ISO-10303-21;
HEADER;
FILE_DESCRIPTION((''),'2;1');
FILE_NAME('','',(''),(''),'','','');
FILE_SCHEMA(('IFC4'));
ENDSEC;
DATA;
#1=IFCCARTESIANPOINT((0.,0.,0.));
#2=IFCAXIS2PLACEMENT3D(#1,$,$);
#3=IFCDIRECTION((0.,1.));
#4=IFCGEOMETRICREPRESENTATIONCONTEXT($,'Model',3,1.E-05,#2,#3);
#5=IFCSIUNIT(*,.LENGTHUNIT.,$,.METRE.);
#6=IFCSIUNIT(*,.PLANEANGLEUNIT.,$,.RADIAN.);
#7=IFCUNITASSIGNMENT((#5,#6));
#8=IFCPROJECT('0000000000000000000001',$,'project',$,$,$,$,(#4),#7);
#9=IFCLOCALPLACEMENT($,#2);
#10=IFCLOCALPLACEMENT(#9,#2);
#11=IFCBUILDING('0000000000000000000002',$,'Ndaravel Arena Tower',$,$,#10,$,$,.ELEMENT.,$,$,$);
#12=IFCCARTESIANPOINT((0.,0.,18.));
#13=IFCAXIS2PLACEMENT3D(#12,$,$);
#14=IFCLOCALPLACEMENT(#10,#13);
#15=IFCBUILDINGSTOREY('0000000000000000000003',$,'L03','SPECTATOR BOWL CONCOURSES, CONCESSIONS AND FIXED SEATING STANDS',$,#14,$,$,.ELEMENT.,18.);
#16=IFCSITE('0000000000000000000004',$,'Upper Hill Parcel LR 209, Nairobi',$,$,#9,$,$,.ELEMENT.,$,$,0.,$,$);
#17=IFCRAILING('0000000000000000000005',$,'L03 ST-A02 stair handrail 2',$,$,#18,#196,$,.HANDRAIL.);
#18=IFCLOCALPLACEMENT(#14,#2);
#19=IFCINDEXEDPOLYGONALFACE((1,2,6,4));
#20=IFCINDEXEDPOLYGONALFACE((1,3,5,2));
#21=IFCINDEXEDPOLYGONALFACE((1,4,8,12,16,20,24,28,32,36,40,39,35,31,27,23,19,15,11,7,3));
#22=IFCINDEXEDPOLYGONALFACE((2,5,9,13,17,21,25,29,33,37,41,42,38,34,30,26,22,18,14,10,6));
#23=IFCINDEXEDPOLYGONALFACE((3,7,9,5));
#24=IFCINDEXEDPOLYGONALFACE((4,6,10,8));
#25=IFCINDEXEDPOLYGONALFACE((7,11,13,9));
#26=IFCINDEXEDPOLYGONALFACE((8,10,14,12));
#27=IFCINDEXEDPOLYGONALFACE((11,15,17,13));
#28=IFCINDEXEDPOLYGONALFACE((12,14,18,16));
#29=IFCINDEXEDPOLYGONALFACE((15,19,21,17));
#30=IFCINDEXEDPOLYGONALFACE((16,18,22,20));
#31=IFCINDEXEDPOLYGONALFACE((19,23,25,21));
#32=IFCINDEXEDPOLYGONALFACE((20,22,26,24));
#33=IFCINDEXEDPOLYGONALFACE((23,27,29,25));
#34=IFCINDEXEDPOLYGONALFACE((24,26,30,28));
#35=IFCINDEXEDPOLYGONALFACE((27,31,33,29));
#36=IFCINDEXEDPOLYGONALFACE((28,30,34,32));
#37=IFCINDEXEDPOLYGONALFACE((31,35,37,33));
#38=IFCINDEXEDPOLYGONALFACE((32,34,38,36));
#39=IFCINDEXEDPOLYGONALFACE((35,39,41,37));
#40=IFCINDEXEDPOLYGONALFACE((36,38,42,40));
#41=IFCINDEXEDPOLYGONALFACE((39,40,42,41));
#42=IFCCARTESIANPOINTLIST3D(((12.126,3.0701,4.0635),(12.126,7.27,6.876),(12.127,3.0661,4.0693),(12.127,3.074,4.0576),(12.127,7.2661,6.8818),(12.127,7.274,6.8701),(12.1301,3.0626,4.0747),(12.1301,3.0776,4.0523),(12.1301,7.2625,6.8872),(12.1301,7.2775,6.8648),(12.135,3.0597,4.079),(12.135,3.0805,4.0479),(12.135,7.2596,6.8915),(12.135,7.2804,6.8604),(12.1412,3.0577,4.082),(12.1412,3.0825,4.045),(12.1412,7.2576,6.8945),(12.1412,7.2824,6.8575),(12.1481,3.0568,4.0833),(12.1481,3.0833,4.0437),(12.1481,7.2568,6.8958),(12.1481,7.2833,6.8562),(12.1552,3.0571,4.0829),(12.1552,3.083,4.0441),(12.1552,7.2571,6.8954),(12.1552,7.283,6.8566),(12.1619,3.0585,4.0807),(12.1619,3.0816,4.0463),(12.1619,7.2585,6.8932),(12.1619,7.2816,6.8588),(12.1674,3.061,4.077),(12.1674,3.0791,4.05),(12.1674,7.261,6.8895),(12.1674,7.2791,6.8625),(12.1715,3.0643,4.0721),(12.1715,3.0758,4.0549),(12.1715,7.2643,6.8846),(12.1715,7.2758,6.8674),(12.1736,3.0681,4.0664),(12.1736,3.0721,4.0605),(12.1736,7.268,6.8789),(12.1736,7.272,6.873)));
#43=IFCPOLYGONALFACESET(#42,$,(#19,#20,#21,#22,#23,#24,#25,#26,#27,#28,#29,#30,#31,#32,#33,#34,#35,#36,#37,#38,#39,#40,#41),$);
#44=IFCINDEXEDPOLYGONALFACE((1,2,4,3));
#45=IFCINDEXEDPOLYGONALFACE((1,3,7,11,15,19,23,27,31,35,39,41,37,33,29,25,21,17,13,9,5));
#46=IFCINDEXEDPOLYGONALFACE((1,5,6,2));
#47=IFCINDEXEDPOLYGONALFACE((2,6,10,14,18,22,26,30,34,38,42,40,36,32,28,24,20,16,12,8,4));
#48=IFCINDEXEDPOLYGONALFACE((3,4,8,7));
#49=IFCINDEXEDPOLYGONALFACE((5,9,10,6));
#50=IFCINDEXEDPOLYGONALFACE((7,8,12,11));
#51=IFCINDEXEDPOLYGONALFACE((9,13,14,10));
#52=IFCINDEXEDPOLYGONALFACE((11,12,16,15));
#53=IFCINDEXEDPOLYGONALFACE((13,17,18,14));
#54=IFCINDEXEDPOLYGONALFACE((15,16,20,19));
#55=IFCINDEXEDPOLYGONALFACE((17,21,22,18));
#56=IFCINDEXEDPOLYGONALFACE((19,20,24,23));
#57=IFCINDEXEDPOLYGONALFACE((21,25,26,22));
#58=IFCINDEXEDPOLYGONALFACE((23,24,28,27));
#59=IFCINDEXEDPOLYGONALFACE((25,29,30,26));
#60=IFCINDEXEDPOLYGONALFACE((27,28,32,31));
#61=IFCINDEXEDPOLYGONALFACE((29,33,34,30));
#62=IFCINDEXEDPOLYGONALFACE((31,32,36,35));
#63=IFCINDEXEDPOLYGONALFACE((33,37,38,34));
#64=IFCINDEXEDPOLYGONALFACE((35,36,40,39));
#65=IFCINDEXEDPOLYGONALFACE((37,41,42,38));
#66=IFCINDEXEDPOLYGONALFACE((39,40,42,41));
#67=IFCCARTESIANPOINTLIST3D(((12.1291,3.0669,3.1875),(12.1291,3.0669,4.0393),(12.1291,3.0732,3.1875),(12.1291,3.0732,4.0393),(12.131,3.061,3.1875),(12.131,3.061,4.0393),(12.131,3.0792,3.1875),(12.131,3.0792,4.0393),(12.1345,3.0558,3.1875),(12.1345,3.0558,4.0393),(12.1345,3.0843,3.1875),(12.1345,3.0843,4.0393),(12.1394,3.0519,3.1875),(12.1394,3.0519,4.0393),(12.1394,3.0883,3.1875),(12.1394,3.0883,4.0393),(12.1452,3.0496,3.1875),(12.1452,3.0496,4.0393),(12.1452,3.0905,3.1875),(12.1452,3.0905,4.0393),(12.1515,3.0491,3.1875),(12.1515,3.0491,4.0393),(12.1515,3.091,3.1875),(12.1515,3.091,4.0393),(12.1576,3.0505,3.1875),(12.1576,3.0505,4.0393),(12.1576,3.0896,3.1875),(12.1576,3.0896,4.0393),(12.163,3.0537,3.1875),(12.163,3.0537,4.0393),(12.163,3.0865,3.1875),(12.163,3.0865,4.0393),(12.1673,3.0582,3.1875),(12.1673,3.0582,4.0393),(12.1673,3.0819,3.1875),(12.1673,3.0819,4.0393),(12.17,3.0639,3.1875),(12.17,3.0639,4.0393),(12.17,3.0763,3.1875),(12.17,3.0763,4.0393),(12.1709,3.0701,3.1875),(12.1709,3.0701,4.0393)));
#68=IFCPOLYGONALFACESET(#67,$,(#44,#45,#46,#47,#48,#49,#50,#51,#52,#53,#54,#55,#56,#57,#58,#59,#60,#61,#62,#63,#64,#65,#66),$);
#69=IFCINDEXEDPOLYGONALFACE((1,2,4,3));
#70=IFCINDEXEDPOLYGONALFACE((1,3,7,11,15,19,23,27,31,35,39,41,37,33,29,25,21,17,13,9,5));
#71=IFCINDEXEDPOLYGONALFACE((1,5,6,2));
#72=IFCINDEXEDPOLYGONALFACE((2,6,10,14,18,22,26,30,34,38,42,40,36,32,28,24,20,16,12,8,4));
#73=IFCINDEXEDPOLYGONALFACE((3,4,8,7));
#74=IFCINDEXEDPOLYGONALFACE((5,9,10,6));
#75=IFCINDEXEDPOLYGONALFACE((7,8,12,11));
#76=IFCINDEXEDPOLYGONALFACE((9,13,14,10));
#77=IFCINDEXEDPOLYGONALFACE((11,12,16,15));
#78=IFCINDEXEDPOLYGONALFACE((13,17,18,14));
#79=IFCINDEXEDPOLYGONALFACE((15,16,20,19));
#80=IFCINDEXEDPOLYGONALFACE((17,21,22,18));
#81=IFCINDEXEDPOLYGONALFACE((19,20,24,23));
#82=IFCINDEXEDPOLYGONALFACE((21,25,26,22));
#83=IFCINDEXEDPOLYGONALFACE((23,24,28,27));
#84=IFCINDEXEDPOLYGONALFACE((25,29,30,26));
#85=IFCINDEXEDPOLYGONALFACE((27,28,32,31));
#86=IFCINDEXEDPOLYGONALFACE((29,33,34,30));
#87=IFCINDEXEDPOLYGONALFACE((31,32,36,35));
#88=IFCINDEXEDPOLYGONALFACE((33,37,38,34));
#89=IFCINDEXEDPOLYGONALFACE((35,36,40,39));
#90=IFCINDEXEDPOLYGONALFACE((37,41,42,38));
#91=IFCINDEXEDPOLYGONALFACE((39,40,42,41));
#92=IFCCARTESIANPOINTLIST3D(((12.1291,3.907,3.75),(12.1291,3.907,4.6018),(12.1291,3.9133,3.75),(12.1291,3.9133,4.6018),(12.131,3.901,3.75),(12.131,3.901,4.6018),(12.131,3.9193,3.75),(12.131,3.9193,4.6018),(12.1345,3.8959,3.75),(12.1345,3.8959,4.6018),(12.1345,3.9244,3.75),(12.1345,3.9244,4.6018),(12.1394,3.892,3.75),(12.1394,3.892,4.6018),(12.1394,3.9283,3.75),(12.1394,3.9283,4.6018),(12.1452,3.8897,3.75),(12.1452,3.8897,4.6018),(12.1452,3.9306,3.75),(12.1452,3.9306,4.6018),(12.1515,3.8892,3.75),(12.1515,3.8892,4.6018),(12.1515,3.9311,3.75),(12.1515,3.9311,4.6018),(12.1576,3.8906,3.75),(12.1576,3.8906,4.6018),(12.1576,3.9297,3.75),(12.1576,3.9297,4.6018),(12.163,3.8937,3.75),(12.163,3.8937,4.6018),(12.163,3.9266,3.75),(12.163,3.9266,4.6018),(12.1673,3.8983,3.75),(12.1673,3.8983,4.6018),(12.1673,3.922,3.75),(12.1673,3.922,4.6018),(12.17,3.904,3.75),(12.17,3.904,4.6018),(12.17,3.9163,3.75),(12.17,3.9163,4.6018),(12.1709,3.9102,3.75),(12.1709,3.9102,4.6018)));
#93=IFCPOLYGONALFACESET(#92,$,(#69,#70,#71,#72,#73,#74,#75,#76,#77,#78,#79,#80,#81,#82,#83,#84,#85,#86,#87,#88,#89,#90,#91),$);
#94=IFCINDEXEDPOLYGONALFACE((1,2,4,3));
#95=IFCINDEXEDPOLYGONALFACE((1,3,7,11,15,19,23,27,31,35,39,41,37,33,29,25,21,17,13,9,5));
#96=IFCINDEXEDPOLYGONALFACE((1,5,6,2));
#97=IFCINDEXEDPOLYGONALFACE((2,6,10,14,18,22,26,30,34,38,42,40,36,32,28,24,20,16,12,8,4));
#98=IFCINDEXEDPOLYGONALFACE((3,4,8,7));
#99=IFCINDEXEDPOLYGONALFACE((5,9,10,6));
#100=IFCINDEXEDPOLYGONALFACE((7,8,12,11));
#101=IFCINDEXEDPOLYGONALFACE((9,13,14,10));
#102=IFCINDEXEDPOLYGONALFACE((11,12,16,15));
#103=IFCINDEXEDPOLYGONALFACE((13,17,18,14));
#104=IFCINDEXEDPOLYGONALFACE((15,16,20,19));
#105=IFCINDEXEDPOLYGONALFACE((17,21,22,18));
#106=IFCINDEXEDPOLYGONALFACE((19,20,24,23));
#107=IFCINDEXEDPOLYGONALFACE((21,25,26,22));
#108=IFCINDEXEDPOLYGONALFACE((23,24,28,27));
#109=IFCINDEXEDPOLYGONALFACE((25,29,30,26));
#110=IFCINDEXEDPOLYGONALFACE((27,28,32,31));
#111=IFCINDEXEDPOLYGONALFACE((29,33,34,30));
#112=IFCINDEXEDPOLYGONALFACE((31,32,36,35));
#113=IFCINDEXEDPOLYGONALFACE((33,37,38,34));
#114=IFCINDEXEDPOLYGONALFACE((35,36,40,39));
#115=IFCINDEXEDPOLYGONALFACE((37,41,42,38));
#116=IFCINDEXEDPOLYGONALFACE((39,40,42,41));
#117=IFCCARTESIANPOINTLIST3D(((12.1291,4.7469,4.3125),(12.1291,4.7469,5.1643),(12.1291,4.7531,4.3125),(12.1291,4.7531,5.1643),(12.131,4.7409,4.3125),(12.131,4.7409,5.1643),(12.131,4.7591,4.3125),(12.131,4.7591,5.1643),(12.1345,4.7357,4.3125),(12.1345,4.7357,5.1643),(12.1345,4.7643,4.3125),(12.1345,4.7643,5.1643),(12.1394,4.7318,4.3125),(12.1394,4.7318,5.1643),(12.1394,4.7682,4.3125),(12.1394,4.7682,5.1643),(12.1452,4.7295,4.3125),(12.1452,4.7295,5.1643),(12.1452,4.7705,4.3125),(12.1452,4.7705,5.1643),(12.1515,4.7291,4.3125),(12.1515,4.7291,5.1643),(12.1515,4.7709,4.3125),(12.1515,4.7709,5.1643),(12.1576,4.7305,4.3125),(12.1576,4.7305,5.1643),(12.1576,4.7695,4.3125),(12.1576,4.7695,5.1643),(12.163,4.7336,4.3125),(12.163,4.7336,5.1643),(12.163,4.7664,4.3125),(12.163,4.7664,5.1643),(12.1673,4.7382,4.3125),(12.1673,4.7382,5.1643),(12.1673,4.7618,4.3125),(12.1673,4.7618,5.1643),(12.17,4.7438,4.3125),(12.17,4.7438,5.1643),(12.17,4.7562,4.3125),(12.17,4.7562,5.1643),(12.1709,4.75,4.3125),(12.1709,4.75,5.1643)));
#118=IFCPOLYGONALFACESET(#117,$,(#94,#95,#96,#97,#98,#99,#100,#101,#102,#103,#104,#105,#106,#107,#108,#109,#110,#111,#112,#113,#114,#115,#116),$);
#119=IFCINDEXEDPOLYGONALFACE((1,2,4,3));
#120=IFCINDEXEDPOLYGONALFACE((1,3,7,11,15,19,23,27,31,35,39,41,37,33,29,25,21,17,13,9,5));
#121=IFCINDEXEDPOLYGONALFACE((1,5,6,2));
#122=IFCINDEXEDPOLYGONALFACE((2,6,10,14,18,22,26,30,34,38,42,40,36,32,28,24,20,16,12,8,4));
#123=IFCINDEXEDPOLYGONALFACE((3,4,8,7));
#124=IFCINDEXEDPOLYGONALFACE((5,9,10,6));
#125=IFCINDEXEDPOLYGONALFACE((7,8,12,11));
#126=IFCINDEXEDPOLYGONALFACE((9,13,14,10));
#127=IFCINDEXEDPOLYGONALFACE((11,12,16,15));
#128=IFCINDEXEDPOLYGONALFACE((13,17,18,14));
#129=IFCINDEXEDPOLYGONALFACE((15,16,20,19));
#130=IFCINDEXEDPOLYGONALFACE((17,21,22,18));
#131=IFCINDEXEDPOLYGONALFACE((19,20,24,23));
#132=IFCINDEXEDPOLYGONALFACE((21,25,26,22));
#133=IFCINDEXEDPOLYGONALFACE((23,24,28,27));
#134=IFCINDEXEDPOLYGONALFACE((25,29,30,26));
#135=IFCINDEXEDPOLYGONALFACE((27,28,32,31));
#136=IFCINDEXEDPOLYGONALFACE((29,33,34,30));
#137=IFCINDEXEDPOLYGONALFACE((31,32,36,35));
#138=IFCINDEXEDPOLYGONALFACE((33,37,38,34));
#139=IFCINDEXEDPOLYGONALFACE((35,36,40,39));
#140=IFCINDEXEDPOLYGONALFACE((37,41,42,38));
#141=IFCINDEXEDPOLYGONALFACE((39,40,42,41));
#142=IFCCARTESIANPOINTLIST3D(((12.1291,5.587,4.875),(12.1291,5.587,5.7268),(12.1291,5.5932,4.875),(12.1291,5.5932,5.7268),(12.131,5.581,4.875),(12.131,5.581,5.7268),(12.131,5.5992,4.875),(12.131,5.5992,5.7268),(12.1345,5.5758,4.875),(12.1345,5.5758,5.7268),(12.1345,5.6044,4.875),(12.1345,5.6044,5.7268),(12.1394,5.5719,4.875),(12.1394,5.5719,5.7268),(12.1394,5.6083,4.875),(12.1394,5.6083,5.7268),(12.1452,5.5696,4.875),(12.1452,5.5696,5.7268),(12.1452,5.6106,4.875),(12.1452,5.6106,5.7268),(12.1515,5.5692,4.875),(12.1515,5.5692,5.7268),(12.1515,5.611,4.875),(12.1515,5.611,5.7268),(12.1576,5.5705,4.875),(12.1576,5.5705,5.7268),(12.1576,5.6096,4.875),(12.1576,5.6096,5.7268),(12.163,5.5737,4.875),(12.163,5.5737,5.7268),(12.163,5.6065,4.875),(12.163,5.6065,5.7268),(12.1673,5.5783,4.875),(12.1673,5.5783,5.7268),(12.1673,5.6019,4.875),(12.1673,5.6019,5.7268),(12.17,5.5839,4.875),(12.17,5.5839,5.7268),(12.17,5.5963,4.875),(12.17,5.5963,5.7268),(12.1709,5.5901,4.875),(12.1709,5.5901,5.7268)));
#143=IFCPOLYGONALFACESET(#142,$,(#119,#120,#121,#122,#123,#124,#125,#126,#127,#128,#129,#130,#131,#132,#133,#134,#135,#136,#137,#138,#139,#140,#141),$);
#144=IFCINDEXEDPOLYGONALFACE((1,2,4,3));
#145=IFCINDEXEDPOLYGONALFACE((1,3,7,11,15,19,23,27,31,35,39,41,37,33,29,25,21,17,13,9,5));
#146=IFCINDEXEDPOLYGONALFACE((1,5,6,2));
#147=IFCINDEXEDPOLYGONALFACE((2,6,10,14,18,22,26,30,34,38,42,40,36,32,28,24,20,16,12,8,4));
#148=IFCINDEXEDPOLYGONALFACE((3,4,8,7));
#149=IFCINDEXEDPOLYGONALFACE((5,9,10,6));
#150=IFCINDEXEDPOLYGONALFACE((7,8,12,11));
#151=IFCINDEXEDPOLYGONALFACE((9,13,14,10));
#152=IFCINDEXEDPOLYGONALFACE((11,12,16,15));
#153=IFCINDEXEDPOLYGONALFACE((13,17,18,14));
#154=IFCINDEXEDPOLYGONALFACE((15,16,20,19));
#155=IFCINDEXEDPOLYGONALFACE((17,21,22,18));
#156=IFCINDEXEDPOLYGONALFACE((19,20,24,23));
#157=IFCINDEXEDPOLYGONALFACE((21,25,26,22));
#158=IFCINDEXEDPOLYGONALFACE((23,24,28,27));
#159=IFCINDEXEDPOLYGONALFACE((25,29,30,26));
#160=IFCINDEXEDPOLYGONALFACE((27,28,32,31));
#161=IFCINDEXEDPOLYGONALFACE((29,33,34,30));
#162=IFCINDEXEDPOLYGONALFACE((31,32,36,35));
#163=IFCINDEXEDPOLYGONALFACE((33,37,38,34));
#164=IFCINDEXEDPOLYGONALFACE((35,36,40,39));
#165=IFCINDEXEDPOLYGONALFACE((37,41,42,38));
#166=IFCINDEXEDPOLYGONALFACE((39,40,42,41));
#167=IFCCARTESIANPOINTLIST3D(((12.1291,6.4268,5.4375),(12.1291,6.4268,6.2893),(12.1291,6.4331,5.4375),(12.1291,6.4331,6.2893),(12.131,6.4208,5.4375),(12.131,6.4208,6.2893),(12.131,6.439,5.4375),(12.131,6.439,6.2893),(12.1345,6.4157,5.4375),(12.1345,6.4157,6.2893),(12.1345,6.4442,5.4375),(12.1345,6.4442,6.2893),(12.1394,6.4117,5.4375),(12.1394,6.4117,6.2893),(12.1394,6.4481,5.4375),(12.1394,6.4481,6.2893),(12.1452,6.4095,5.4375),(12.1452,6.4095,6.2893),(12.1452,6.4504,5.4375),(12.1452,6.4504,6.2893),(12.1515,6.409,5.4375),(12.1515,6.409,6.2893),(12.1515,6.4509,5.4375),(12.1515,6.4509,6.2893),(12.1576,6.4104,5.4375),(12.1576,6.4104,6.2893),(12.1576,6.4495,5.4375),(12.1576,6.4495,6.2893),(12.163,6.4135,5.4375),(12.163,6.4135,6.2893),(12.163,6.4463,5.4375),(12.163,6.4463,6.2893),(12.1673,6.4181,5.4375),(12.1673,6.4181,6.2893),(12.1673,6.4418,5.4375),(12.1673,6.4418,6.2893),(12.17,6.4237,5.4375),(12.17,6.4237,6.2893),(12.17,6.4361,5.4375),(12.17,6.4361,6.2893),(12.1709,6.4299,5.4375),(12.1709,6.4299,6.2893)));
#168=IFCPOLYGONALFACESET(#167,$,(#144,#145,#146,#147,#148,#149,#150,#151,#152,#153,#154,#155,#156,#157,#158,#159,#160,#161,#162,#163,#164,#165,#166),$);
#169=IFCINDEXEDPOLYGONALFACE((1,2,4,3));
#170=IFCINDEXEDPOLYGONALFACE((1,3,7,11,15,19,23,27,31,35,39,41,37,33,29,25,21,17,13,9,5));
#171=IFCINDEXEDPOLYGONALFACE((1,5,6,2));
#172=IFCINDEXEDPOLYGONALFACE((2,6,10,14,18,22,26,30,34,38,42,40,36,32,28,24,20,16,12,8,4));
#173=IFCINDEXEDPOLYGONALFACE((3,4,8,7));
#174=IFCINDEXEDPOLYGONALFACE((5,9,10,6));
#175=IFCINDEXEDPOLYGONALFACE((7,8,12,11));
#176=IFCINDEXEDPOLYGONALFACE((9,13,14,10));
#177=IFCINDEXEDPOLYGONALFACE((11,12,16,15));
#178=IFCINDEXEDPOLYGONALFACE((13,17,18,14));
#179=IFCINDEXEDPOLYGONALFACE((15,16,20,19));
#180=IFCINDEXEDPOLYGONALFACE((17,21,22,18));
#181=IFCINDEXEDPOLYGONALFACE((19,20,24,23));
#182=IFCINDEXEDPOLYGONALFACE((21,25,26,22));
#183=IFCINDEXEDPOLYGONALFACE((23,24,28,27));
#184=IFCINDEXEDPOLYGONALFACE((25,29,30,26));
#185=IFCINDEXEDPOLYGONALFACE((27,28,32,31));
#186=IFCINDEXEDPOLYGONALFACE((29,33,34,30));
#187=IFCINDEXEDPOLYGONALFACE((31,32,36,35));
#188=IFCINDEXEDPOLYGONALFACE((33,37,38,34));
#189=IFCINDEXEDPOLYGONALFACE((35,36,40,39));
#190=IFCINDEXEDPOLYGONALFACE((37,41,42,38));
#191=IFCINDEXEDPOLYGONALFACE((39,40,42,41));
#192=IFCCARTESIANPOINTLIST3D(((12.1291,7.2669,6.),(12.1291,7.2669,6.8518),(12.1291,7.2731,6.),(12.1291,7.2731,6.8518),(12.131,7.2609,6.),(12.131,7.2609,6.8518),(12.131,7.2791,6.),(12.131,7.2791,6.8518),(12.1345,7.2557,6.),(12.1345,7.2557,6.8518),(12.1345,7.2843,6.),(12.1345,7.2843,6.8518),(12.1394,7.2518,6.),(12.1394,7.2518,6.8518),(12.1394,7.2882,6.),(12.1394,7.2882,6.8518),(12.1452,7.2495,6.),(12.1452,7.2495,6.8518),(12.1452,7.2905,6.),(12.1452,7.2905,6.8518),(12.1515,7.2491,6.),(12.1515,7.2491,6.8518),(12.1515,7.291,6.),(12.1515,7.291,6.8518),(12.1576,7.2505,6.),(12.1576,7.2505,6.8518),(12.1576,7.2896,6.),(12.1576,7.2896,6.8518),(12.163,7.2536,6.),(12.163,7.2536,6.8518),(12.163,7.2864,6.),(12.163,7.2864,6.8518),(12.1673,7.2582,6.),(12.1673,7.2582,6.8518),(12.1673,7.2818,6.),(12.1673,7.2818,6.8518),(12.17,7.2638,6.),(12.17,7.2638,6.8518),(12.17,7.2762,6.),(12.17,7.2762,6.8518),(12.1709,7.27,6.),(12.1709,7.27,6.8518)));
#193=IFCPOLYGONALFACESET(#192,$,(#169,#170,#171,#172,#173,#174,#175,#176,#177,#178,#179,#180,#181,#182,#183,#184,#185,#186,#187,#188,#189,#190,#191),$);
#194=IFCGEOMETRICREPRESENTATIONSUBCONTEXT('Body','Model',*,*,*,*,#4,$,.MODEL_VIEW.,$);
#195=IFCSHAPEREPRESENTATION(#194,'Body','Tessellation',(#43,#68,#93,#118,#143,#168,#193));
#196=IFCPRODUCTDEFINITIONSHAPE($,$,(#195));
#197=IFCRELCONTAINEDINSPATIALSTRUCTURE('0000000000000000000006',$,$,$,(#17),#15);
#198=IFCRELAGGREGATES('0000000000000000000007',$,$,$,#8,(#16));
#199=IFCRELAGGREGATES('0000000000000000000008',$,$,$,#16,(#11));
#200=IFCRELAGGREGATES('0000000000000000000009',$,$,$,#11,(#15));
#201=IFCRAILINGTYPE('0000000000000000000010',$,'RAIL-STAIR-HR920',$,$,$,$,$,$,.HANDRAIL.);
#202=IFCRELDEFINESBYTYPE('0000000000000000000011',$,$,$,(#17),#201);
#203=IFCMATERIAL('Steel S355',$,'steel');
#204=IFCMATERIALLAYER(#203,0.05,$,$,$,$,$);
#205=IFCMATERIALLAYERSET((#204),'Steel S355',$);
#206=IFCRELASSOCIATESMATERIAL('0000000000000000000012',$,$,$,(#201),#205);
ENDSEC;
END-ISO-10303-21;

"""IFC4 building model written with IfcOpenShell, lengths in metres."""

from ifc_helpers import new_model, si_unit, direction, frame, origin, origin_2d, place, context, subcontext, project, spatial, circle, extrude, material, layer, layer_set, type_object, element, save


model = new_model("IFC4")

# Units and contexts
model_context = context("Model", 3, precision=1e-05, world=origin(), true_north=direction((0.0, 1.0)))
body_context = subcontext(model_context, "Body", "Model", "MODEL_VIEW")
ifc_project = project(units=[si_unit("LENGTHUNIT", "METRE"), si_unit("PLANEANGLEUNIT", "RADIAN")], contexts=[model_context])

# Site, building, storey
site_placement = place(None, origin())
site = spatial("IfcSite", under=ifc_project, at=site_placement, Name="Upper Hill Parcel LR 209, Nairobi", CompositionType="ELEMENT", RefElevation=0.0)
building_placement = place(site_placement, origin())
building = spatial("IfcBuilding", under=site, at=building_placement, Name="Ndaravel Arena Tower", CompositionType="ELEMENT")
storey_placement = place(building_placement, frame((0.0, 0.0, 18.0)))
storey = spatial("IfcBuildingStorey", under=building, at=storey_placement, Name="L03", Description="SPECTATOR BOWL CONCOURSES, CONCESSIONS AND FIXED SEATING STANDS", CompositionType="ELEMENT", Elevation=18.0)

# Railing
ifc_material_1 = material(Name="Steel S355", Category="steel")
ifc_layer_1 = layer(ifc_material_1, 0.05)
ifc_layer_set_1 = layer_set([ifc_layer_1], Name="Steel S355")
railing_type_1 = type_object("IfcRailingType", Name="RAIL-STAIR-HR920", PredefinedType="HANDRAIL", material=ifc_layer_set_1)
railing_1_placement = place(storey_placement, frame((12.1499, 3.0701, 3.1875)))
element("IfcRailing", 1, at=railing_1_placement, inside=storey, type_object=railing_type_1, Name="L03 ST-A02 stair handrail 2", PredefinedType="HANDRAIL", context=body_context, shape_type="SweptSolid", body=[
    extrude(circle(Radius=0.0239, at=origin_2d()), frame((0.0, 0.0, 0.876), z_axis=(0.0, 0.830904, 0.556416), x_axis=(-1.0, 0.0, 0.0)), (0.0, 0.0, 1.0), 5.0547),
    extrude(circle(Radius=0.021, at=origin_2d()), origin(), (0.0, 0.0, 1.0), 0.8518),
    extrude(circle(Radius=0.021, at=origin_2d()), frame((0.0, 0.8401, 0.5625)), (0.0, 0.0, 1.0), 0.8518),
    extrude(circle(Radius=0.021, at=origin_2d()), frame((0.0, 1.6799, 1.125)), (0.0, 0.0, 1.0), 0.8518),
    extrude(circle(Radius=0.021, at=origin_2d()), frame((0.0, 2.52, 1.6875)), (0.0, 0.0, 1.0), 0.8518),
    extrude(circle(Radius=0.021, at=origin_2d()), frame((0.0, 3.3599, 2.25)), (0.0, 0.0, 1.0), 0.8518),
    extrude(circle(Radius=0.021, at=origin_2d()), frame((0.0, 4.2, 2.8125)), (0.0, 0.0, 1.0), 0.8518),
])

save(model, "model.ifc")
